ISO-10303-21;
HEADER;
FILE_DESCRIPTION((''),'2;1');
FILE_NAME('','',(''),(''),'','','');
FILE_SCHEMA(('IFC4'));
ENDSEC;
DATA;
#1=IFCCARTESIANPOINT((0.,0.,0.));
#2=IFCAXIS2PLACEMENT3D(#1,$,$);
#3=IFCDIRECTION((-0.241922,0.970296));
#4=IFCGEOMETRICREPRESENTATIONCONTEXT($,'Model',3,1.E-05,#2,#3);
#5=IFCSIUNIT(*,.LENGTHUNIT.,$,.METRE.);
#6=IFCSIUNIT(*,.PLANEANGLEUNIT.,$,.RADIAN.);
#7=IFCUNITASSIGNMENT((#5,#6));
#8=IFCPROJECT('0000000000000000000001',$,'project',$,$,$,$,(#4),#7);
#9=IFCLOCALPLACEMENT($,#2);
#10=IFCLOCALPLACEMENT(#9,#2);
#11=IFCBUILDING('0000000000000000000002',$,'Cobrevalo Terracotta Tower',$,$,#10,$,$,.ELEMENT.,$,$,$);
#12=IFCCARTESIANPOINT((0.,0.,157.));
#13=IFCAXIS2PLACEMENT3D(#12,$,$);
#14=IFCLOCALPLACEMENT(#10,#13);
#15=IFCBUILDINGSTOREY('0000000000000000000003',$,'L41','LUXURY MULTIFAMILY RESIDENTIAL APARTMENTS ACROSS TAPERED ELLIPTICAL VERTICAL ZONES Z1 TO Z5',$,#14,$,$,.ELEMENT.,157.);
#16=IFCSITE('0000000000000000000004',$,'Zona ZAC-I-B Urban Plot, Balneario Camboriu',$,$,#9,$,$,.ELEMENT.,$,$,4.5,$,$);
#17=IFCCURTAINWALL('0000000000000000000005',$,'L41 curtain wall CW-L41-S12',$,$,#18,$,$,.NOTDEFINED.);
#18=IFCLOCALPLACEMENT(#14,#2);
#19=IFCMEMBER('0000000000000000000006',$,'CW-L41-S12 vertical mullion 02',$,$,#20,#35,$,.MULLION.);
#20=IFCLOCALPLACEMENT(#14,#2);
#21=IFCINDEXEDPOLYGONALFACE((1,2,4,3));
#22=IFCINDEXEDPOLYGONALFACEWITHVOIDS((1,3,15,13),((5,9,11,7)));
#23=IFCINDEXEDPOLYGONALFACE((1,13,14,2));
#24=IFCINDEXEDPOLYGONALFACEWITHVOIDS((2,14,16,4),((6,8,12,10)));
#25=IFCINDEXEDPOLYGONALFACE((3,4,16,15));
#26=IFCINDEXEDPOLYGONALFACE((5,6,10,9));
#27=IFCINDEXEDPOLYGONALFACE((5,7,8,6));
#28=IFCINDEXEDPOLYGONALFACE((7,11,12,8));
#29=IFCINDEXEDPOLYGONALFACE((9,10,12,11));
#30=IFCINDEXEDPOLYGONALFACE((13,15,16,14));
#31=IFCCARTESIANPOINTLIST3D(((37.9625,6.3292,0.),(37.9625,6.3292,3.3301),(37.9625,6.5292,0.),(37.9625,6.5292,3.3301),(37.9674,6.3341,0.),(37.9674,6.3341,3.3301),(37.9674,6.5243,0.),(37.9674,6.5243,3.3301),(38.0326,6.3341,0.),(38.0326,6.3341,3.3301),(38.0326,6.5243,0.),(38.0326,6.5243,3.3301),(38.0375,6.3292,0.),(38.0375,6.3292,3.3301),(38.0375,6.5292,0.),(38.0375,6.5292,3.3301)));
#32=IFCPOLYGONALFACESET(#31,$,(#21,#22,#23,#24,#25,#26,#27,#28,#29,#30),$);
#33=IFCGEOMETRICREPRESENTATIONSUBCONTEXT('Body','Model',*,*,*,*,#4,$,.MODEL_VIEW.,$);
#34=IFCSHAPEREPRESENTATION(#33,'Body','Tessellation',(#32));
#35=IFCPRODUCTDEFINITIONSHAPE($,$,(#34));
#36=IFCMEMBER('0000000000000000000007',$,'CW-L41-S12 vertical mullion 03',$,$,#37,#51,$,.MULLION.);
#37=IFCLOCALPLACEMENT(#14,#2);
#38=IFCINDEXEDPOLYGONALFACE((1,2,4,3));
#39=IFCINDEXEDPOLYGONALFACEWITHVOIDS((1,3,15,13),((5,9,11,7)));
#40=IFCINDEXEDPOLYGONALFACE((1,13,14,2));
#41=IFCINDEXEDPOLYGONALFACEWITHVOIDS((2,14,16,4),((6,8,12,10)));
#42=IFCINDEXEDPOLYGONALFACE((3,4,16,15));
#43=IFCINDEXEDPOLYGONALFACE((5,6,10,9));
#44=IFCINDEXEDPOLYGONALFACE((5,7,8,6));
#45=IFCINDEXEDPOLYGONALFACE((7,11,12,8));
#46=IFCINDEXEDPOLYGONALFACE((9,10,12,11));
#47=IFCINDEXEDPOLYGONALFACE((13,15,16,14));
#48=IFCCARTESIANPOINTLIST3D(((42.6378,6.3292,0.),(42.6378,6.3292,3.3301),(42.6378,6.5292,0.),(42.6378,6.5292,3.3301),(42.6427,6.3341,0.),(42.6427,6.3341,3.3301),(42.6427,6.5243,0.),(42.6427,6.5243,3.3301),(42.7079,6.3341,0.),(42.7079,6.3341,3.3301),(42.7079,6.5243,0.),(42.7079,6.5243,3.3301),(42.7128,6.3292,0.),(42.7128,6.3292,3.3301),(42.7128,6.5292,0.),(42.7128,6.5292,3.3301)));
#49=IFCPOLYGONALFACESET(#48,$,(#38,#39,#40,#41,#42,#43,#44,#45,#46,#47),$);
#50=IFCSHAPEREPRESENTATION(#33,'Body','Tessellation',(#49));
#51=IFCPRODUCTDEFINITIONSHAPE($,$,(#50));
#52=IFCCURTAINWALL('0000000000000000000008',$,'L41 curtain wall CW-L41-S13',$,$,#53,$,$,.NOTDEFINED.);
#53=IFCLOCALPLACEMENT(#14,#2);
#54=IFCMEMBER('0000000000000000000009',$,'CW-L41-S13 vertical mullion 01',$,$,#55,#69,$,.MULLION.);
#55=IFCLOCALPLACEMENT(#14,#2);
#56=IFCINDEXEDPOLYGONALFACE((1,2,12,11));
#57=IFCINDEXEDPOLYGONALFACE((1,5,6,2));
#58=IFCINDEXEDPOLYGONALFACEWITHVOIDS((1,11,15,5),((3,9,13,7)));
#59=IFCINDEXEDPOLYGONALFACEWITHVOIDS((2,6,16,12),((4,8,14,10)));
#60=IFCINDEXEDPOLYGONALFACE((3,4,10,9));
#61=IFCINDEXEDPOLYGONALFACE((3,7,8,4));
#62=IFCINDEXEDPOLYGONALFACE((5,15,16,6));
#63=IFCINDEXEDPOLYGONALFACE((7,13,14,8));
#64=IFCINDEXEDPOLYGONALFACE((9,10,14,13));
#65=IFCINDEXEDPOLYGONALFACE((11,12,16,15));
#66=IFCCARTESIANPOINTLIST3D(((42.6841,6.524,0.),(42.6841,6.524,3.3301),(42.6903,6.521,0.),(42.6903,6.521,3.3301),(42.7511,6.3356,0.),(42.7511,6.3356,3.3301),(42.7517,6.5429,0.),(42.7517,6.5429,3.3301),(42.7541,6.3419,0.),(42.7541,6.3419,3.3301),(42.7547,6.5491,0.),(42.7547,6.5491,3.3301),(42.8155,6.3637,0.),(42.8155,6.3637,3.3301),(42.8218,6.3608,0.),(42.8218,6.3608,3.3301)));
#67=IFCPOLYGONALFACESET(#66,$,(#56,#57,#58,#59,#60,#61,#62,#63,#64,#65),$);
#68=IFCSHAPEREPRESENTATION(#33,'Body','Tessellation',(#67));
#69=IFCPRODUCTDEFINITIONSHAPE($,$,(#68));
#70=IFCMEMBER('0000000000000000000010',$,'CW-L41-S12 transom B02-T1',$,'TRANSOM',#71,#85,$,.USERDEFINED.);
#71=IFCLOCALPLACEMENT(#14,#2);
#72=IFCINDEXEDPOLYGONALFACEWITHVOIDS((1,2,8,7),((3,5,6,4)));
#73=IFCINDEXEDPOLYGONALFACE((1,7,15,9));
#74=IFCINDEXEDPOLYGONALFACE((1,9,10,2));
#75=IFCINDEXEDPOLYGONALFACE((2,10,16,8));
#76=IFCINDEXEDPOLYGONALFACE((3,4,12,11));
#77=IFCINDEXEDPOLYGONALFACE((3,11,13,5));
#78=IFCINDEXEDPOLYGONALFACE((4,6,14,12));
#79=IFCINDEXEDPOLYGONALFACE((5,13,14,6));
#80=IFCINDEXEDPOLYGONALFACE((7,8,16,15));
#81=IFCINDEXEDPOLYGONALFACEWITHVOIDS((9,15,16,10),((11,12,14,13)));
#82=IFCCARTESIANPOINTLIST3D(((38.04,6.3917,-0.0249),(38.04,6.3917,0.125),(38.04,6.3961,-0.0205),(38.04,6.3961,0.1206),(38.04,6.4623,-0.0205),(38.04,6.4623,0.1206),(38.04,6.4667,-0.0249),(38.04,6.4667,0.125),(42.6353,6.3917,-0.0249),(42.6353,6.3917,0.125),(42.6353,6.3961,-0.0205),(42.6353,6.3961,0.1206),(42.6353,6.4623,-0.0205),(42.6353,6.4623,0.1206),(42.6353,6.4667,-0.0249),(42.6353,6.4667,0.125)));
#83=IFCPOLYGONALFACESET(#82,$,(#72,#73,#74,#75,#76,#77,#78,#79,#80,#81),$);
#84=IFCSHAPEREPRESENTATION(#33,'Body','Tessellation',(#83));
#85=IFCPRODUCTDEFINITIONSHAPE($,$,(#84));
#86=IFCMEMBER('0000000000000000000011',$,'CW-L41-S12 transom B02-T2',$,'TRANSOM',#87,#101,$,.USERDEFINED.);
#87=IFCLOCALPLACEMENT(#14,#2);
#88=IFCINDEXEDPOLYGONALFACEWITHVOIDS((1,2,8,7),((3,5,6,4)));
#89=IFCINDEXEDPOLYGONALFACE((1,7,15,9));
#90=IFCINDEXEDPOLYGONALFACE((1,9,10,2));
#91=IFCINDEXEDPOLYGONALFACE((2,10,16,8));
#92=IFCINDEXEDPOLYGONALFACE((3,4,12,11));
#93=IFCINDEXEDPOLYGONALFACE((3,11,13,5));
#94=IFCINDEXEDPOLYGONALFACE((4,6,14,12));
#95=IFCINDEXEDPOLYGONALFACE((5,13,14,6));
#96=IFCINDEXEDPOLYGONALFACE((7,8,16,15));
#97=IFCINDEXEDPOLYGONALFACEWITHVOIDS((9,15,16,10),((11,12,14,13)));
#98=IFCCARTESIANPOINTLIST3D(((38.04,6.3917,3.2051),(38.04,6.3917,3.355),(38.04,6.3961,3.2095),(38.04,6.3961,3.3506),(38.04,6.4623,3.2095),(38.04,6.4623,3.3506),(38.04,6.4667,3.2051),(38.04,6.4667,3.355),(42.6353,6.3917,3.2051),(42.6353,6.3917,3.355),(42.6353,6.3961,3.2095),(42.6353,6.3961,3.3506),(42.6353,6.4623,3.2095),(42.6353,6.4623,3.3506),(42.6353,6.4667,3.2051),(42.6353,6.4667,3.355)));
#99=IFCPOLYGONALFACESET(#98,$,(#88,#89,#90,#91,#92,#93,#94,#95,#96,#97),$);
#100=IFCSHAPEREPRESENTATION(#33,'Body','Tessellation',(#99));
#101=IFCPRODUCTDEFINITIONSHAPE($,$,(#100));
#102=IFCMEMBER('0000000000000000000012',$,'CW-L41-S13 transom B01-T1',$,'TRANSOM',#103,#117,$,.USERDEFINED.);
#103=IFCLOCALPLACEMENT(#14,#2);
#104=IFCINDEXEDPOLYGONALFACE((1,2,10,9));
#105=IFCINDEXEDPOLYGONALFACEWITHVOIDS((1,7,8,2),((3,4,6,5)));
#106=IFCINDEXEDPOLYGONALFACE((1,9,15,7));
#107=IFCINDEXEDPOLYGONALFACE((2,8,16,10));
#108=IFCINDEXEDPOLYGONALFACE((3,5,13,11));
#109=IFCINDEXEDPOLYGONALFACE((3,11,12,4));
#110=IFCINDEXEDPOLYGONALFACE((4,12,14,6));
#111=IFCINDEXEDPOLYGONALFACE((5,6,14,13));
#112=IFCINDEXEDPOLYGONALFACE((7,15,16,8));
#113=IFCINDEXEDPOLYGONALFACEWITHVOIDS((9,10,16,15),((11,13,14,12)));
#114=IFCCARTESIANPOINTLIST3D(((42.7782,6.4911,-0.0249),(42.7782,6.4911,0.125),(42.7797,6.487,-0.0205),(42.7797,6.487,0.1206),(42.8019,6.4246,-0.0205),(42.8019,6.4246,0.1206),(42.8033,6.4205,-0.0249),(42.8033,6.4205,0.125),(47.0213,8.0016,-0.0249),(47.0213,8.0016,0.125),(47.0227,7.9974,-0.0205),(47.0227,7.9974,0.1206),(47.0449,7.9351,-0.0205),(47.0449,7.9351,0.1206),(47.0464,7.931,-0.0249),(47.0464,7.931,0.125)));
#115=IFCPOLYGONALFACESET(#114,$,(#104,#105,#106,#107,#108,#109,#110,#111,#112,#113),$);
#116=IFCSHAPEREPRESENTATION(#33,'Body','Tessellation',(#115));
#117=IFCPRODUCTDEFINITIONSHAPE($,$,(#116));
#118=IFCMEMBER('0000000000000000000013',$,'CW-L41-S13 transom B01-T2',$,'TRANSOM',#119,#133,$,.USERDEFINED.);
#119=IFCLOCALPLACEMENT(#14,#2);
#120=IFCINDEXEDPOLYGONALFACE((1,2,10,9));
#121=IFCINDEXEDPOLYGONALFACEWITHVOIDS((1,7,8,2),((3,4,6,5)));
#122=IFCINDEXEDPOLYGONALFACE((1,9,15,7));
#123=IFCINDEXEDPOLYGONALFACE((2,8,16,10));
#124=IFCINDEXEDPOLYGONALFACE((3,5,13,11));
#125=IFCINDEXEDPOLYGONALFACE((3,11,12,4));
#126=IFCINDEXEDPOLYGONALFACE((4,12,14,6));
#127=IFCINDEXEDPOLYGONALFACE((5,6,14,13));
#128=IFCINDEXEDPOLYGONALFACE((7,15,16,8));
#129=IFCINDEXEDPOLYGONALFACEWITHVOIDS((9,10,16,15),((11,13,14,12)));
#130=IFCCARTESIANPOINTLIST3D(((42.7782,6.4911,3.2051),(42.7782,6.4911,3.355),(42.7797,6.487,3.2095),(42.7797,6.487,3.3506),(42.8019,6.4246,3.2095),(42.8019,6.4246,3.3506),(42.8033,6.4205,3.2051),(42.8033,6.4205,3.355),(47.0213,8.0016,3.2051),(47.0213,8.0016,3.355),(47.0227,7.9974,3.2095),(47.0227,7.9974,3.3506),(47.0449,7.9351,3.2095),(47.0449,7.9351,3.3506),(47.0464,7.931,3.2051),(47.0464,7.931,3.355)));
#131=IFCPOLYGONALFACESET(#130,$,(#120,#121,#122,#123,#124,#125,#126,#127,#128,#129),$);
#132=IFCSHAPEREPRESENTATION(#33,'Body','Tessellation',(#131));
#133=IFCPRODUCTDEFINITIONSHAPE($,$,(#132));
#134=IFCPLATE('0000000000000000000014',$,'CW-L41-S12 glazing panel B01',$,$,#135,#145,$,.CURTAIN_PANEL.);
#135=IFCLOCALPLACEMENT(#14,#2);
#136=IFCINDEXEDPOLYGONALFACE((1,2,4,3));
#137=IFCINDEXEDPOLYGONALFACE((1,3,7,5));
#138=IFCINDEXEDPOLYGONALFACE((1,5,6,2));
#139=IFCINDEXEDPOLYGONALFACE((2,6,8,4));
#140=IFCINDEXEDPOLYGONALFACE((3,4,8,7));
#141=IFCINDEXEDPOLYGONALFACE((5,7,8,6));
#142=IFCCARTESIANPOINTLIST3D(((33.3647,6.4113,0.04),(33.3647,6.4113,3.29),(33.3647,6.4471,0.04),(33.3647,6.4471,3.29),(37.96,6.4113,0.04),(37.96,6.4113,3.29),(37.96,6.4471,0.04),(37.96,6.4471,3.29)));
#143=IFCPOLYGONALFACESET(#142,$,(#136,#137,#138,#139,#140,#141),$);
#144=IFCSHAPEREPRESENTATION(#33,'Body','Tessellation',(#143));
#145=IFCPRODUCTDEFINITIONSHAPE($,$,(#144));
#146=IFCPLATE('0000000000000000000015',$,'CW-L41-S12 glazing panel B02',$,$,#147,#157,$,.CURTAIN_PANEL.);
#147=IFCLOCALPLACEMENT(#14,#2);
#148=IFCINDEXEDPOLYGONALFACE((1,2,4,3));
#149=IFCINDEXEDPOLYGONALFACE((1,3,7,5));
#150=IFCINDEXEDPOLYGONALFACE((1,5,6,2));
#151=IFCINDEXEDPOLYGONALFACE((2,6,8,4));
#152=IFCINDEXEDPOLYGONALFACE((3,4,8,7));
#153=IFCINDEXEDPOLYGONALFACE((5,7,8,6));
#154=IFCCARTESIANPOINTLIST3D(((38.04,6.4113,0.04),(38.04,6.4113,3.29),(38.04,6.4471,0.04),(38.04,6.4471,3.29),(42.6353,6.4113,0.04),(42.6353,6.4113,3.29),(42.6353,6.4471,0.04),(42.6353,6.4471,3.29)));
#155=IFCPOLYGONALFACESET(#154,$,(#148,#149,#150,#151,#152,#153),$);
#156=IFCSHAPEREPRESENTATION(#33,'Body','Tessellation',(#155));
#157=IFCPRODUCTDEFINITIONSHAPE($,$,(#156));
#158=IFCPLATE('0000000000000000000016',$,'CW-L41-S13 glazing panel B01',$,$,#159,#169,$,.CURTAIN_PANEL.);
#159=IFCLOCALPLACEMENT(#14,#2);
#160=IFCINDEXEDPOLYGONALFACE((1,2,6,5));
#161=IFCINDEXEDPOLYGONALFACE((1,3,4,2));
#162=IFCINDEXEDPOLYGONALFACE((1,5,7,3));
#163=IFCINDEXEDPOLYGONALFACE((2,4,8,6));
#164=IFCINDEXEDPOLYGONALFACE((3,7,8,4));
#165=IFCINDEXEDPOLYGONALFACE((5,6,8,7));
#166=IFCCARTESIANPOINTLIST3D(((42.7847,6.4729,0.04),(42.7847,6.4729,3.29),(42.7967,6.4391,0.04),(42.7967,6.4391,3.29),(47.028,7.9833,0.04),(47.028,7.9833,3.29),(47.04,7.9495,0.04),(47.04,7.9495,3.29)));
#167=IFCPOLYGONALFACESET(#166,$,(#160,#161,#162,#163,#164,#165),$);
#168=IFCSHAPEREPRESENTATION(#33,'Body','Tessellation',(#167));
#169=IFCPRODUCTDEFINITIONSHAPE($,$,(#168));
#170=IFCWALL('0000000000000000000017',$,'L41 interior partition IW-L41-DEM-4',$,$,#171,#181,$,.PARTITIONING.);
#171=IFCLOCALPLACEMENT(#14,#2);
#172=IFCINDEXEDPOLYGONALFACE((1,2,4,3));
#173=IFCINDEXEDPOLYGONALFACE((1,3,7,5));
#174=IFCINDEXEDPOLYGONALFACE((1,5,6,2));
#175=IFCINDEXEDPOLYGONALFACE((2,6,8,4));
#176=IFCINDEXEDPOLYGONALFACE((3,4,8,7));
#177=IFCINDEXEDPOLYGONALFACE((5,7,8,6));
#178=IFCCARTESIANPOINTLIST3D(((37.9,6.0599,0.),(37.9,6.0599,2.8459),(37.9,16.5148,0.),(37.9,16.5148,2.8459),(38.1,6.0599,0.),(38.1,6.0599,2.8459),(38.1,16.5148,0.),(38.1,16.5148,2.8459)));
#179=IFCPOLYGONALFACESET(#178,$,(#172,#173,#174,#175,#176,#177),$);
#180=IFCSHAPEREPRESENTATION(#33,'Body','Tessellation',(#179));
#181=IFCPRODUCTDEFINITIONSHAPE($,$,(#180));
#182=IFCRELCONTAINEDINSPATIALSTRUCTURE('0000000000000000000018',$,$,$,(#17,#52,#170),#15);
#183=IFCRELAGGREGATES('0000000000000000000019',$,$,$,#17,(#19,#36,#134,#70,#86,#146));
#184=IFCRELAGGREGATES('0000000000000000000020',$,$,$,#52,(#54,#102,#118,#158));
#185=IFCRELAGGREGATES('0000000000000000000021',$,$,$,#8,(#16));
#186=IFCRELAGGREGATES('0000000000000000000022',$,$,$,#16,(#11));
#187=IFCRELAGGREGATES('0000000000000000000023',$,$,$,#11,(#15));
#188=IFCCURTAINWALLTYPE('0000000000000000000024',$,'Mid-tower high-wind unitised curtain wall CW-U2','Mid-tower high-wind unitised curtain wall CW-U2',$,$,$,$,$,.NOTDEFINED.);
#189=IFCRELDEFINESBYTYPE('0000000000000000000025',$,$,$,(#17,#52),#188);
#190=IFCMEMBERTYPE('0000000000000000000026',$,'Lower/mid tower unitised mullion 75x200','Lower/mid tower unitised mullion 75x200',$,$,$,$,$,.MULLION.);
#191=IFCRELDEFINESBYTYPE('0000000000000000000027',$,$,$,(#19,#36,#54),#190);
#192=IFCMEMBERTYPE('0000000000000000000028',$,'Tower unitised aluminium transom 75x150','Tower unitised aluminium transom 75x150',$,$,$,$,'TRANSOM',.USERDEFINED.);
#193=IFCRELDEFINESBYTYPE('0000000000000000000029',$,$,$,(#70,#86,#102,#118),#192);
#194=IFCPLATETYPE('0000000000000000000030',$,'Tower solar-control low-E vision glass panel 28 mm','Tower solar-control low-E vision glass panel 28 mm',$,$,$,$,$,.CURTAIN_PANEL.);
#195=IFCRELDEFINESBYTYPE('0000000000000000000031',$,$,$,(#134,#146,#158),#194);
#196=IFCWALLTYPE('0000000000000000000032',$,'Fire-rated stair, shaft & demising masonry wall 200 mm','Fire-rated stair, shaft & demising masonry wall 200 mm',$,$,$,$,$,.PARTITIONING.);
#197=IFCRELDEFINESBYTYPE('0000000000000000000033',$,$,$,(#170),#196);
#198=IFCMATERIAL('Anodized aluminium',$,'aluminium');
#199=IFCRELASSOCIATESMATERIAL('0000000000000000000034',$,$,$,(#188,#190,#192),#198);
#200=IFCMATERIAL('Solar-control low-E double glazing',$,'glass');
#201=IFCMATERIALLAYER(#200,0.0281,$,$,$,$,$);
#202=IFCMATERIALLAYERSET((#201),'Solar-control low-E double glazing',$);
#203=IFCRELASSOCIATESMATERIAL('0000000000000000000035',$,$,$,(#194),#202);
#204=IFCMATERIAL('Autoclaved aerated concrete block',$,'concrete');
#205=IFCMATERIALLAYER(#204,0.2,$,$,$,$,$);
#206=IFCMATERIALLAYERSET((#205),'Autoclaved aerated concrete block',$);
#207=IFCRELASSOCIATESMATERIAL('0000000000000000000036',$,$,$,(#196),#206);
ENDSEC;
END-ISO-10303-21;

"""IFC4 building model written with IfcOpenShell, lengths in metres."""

from ifc_helpers import new_model, si_unit, direction, frame, frame_2d, origin, origin_2d, place, context, subcontext, project, spatial, rectangle, hollow_rectangle, extrude, source, transform, mapped, material, layer, layer_set, material_profile, profile_set, type_object, element, aggregate, save


model = new_model("IFC4")

# Units and contexts
model_context = context("Model", 3, precision=1e-05, world=origin(), true_north=direction((-0.241922, 0.970296)))
body_context = subcontext(model_context, "Body", "Model", "MODEL_VIEW")
ifc_project = project(units=[si_unit("LENGTHUNIT", "METRE"), si_unit("PLANEANGLEUNIT", "RADIAN")], contexts=[model_context])

# Site, building, storey
site_placement = place(None, origin())
site = spatial("IfcSite", under=ifc_project, at=site_placement, Name="Zona ZAC-I-B Urban Plot, Balneario Camboriu", CompositionType="ELEMENT", RefElevation=4.5)
building_placement = place(site_placement, origin())
building = spatial("IfcBuilding", under=site, at=building_placement, Name="Cobrevalo Terracotta Tower", CompositionType="ELEMENT")
storey_placement = place(building_placement, frame((0.0, 0.0, 157.0)))
storey = spatial("IfcBuildingStorey", under=building, at=storey_placement, Name="L41", Description="LUXURY MULTIFAMILY RESIDENTIAL APARTMENTS ACROSS TAPERED ELLIPTICAL VERTICAL ZONES Z1 TO Z5", CompositionType="ELEMENT", Elevation=157.0)

# Curtain wall, members
ifc_material_1 = material(Name="Anodized aluminium", Category="aluminium")
curtain_wall_type = type_object("IfcCurtainWallType", Name="Mid-tower high-wind unitised curtain wall CW-U2", Description="Mid-tower high-wind unitised curtain wall CW-U2", PredefinedType="NOTDEFINED", material=ifc_material_1)
curtain_wall_1_placement = place(storey_placement, origin())
curtain_wall_1 = element("IfcCurtainWall", 1, at=curtain_wall_1_placement, inside=storey, type_object=curtain_wall_type, Name="L41 curtain wall CW-L41-S12", PredefinedType="NOTDEFINED")
ifc_material_profile_1 = material_profile(ifc_material_1, hollow_rectangle(XDim=0.075, YDim=0.2, WallThickness=0.0049, at=origin_2d()), Name="CWM 75x200")
ifc_profile_set_1 = profile_set([ifc_material_profile_1], Name="Anodized aluminium")
member_type_1 = type_object("IfcMemberType", Name="Lower/mid tower unitised mullion 75x200", Description="Lower/mid tower unitised mullion 75x200", PredefinedType="MULLION", material=ifc_profile_set_1)
shared_shape_1 = source(origin(), body_context, "Body", "SweptSolid", [
    extrude(hollow_rectangle(XDim=0.075, YDim=0.2, WallThickness=0.0049, at=origin_2d()), origin(), (0.0, 0.0, 1.0), 3.3301),
])
member_1_placement = place(storey_placement, frame((38.0, 6.4292, 0.0), z_axis=(0.0, 0.0, 1.0), x_axis=(1.0, 0.0, 0.0)))
member_1 = element("IfcMember", 2, at=member_1_placement, type_object=member_type_1, Name="CW-L41-S12 vertical mullion 02", PredefinedType="MULLION", context=body_context, shape_type="MappedRepresentation", body=[
    mapped(shared_shape_1, transform((0.0, 0.0, 0.0), scale=1.0)),
])
member_2_placement = place(storey_placement, frame((42.6753, 6.4292, 0.0), z_axis=(0.0, 0.0, 1.0), x_axis=(1.0, 0.0, 0.0)))
member_2 = element("IfcMember", 3, at=member_2_placement, type_object=member_type_1, Name="CW-L41-S12 vertical mullion 03", PredefinedType="MULLION", context=body_context, shape_type="MappedRepresentation", body=[
    mapped(shared_shape_1, transform((0.0, 0.0, 0.0), scale=1.0)),
])

# Curtain wall, member
curtain_wall_2_placement = place(storey_placement, origin())
curtain_wall_2 = element("IfcCurtainWall", 4, at=curtain_wall_2_placement, inside=storey, type_object=curtain_wall_type, Name="L41 curtain wall CW-L41-S13", PredefinedType="NOTDEFINED")
member_3_placement = place(storey_placement, frame((42.7529, 6.4424, 0.0), z_axis=(0.0, 0.0, 1.0), x_axis=(0.942098, 0.335336, 0.0)))
member_3 = element("IfcMember", 5, at=member_3_placement, type_object=member_type_1, Name="CW-L41-S13 vertical mullion 01", PredefinedType="MULLION", context=body_context, shape_type="MappedRepresentation", body=[
    mapped(shared_shape_1, transform((0.0, 0.0, 0.0), scale=1.0)),
])

# Members
ifc_material_profile_2 = material_profile(ifc_material_1, hollow_rectangle(XDim=0.075, YDim=0.1499, WallThickness=0.0044, at=origin_2d()), Name="CWT 75x150")
ifc_profile_set_2 = profile_set([ifc_material_profile_2], Name="Anodized aluminium")
member_type_2 = type_object("IfcMemberType", Name="Tower unitised aluminium transom 75x150", Description="Tower unitised aluminium transom 75x150", ElementType="TRANSOM", PredefinedType="USERDEFINED", material=ifc_profile_set_2)
shared_shape_2 = source(origin(), body_context, "Body", "SweptSolid", [
    extrude(hollow_rectangle(XDim=0.075, YDim=0.1499, WallThickness=0.0044, at=origin_2d()), origin(), (0.0, 0.0, 1.0), 4.5952),
])
member_4_placement = place(storey_placement, frame((38.04, 6.4292, 0.05), z_axis=(1.0, 0.0, 0.0), x_axis=(0.0, 1.0, 0.0)))
member_4 = element("IfcMember", 6, at=member_4_placement, type_object=member_type_2, Name="CW-L41-S12 transom B02-T1", ObjectType="TRANSOM", PredefinedType="USERDEFINED", context=body_context, shape_type="MappedRepresentation", body=[
    mapped(shared_shape_2, transform((0.0, 0.0, 0.0), scale=1.0)),
])
member_5_placement = place(storey_placement, frame((38.04, 6.4292, 3.28), z_axis=(1.0, 0.0, 0.0), x_axis=(0.0, 1.0, 0.0)))
member_5 = element("IfcMember", 7, at=member_5_placement, type_object=member_type_2, Name="CW-L41-S12 transom B02-T2", ObjectType="TRANSOM", PredefinedType="USERDEFINED", context=body_context, shape_type="MappedRepresentation", body=[
    mapped(shared_shape_2, transform((0.0, 0.0, 0.0), scale=1.0)),
])
shared_shape_3 = source(origin(), body_context, "Body", "SweptSolid", [
    extrude(hollow_rectangle(XDim=0.075, YDim=0.1499, WallThickness=0.0044, at=origin_2d()), origin(), (0.0, 0.0, 1.0), 4.5039),
])
member_6_placement = place(storey_placement, frame((42.7908, 6.4558, 0.05), z_axis=(0.942087, 0.335368, 0.0), x_axis=(-0.335368, 0.942087, 0.0)))
member_6 = element("IfcMember", 8, at=member_6_placement, type_object=member_type_2, Name="CW-L41-S13 transom B01-T1", ObjectType="TRANSOM", PredefinedType="USERDEFINED", context=body_context, shape_type="MappedRepresentation", body=[
    mapped(shared_shape_3, transform((0.0, 0.0, 0.0), scale=1.0)),
])
member_7_placement = place(storey_placement, frame((42.7908, 6.4558, 3.28), z_axis=(0.942087, 0.335368, 0.0), x_axis=(-0.335368, 0.942087, 0.0)))
member_7 = element("IfcMember", 9, at=member_7_placement, type_object=member_type_2, Name="CW-L41-S13 transom B01-T2", ObjectType="TRANSOM", PredefinedType="USERDEFINED", context=body_context, shape_type="MappedRepresentation", body=[
    mapped(shared_shape_3, transform((0.0, 0.0, 0.0), scale=1.0)),
])

# Plates
ifc_material_2 = material(Name="Solar-control low-E double glazing", Category="glass")
ifc_layer_1 = layer(ifc_material_2, 0.0281)
ifc_layer_set_1 = layer_set([ifc_layer_1], Name="Solar-control low-E double glazing")
plate_type = type_object("IfcPlateType", Name="Tower solar-control low-E vision glass panel 28 mm", Description="Tower solar-control low-E vision glass panel 28 mm", PredefinedType="CURTAIN_PANEL", material=ifc_layer_set_1)
shared_shape_4 = source(origin(), body_context, "Body", "SweptSolid", [
    extrude(rectangle(XDim=4.5952, YDim=0.0359, at=origin_2d()), origin(), (0.0, 0.0, 1.0), 3.25),
])
plate_1_placement = place(storey_placement, frame((35.6624, 6.4292, 0.04), z_axis=(0.0, 0.0, 1.0), x_axis=(1.0, 0.0, 0.0)))
plate_1 = element("IfcPlate", 10, at=plate_1_placement, type_object=plate_type, Name="CW-L41-S12 glazing panel B01", PredefinedType="CURTAIN_PANEL", context=body_context, shape_type="MappedRepresentation", body=[
    mapped(shared_shape_4, transform((0.0, 0.0, 0.0), scale=1.0)),
])
plate_2_placement = place(storey_placement, frame((40.3376, 6.4292, 0.04), z_axis=(0.0, 0.0, 1.0), x_axis=(1.0, 0.0, 0.0)))
plate_2 = element("IfcPlate", 11, at=plate_2_placement, type_object=plate_type, Name="CW-L41-S12 glazing panel B02", PredefinedType="CURTAIN_PANEL", context=body_context, shape_type="MappedRepresentation", body=[
    mapped(shared_shape_4, transform((0.0, 0.0, 0.0), scale=1.0)),
])
aggregate(curtain_wall_1, [member_1, member_2, plate_1, member_4, member_5, plate_2])
shared_shape_5 = source(origin(), body_context, "Body", "SweptSolid", [
    extrude(rectangle(XDim=4.5042, YDim=0.0359, at=origin_2d()), origin(), (0.0, 0.0, 1.0), 3.25),
])
plate_3_placement = place(storey_placement, frame((44.9124, 7.2112, 0.04), z_axis=(0.0, 0.0, 1.0), x_axis=(0.942098, 0.335336, 0.0)))
plate_3 = element("IfcPlate", 12, at=plate_3_placement, type_object=plate_type, Name="CW-L41-S13 glazing panel B01", PredefinedType="CURTAIN_PANEL", context=body_context, shape_type="MappedRepresentation", body=[
    mapped(shared_shape_5, transform((0.0, 0.0, 0.0), scale=1.0)),
])
aggregate(curtain_wall_2, [member_3, member_6, member_7, plate_3])

# Wall
ifc_material_3 = material(Name="Autoclaved aerated concrete block", Category="concrete")
ifc_layer_2 = layer(ifc_material_3, 0.2)
ifc_layer_set_2 = layer_set([ifc_layer_2], Name="Autoclaved aerated concrete block")
wall_type_1 = type_object("IfcWallType", Name="Fire-rated stair, shaft & demising masonry wall 200 mm", Description="Fire-rated stair, shaft & demising masonry wall 200 mm", PredefinedType="PARTITIONING", material=ifc_layer_set_2)
wall_1_placement = place(storey_placement, frame((38.0, 16.5149, 0.0), z_axis=(0.0, 0.0, 1.0), x_axis=(0.0, -1.0, 0.0)))
element("IfcWall", 13, at=wall_1_placement, inside=storey, type_object=wall_type_1, Name="L41 interior partition IW-L41-DEM-4", PredefinedType="PARTITIONING", context=body_context, shape_type="SweptSolid", body=[
    extrude(rectangle(XDim=10.4548, YDim=0.2, at=frame_2d((5.2275, 0.0))), origin(), (0.0, 0.0, 1.0), 2.8459),
])

save(model, "model.ifc")
